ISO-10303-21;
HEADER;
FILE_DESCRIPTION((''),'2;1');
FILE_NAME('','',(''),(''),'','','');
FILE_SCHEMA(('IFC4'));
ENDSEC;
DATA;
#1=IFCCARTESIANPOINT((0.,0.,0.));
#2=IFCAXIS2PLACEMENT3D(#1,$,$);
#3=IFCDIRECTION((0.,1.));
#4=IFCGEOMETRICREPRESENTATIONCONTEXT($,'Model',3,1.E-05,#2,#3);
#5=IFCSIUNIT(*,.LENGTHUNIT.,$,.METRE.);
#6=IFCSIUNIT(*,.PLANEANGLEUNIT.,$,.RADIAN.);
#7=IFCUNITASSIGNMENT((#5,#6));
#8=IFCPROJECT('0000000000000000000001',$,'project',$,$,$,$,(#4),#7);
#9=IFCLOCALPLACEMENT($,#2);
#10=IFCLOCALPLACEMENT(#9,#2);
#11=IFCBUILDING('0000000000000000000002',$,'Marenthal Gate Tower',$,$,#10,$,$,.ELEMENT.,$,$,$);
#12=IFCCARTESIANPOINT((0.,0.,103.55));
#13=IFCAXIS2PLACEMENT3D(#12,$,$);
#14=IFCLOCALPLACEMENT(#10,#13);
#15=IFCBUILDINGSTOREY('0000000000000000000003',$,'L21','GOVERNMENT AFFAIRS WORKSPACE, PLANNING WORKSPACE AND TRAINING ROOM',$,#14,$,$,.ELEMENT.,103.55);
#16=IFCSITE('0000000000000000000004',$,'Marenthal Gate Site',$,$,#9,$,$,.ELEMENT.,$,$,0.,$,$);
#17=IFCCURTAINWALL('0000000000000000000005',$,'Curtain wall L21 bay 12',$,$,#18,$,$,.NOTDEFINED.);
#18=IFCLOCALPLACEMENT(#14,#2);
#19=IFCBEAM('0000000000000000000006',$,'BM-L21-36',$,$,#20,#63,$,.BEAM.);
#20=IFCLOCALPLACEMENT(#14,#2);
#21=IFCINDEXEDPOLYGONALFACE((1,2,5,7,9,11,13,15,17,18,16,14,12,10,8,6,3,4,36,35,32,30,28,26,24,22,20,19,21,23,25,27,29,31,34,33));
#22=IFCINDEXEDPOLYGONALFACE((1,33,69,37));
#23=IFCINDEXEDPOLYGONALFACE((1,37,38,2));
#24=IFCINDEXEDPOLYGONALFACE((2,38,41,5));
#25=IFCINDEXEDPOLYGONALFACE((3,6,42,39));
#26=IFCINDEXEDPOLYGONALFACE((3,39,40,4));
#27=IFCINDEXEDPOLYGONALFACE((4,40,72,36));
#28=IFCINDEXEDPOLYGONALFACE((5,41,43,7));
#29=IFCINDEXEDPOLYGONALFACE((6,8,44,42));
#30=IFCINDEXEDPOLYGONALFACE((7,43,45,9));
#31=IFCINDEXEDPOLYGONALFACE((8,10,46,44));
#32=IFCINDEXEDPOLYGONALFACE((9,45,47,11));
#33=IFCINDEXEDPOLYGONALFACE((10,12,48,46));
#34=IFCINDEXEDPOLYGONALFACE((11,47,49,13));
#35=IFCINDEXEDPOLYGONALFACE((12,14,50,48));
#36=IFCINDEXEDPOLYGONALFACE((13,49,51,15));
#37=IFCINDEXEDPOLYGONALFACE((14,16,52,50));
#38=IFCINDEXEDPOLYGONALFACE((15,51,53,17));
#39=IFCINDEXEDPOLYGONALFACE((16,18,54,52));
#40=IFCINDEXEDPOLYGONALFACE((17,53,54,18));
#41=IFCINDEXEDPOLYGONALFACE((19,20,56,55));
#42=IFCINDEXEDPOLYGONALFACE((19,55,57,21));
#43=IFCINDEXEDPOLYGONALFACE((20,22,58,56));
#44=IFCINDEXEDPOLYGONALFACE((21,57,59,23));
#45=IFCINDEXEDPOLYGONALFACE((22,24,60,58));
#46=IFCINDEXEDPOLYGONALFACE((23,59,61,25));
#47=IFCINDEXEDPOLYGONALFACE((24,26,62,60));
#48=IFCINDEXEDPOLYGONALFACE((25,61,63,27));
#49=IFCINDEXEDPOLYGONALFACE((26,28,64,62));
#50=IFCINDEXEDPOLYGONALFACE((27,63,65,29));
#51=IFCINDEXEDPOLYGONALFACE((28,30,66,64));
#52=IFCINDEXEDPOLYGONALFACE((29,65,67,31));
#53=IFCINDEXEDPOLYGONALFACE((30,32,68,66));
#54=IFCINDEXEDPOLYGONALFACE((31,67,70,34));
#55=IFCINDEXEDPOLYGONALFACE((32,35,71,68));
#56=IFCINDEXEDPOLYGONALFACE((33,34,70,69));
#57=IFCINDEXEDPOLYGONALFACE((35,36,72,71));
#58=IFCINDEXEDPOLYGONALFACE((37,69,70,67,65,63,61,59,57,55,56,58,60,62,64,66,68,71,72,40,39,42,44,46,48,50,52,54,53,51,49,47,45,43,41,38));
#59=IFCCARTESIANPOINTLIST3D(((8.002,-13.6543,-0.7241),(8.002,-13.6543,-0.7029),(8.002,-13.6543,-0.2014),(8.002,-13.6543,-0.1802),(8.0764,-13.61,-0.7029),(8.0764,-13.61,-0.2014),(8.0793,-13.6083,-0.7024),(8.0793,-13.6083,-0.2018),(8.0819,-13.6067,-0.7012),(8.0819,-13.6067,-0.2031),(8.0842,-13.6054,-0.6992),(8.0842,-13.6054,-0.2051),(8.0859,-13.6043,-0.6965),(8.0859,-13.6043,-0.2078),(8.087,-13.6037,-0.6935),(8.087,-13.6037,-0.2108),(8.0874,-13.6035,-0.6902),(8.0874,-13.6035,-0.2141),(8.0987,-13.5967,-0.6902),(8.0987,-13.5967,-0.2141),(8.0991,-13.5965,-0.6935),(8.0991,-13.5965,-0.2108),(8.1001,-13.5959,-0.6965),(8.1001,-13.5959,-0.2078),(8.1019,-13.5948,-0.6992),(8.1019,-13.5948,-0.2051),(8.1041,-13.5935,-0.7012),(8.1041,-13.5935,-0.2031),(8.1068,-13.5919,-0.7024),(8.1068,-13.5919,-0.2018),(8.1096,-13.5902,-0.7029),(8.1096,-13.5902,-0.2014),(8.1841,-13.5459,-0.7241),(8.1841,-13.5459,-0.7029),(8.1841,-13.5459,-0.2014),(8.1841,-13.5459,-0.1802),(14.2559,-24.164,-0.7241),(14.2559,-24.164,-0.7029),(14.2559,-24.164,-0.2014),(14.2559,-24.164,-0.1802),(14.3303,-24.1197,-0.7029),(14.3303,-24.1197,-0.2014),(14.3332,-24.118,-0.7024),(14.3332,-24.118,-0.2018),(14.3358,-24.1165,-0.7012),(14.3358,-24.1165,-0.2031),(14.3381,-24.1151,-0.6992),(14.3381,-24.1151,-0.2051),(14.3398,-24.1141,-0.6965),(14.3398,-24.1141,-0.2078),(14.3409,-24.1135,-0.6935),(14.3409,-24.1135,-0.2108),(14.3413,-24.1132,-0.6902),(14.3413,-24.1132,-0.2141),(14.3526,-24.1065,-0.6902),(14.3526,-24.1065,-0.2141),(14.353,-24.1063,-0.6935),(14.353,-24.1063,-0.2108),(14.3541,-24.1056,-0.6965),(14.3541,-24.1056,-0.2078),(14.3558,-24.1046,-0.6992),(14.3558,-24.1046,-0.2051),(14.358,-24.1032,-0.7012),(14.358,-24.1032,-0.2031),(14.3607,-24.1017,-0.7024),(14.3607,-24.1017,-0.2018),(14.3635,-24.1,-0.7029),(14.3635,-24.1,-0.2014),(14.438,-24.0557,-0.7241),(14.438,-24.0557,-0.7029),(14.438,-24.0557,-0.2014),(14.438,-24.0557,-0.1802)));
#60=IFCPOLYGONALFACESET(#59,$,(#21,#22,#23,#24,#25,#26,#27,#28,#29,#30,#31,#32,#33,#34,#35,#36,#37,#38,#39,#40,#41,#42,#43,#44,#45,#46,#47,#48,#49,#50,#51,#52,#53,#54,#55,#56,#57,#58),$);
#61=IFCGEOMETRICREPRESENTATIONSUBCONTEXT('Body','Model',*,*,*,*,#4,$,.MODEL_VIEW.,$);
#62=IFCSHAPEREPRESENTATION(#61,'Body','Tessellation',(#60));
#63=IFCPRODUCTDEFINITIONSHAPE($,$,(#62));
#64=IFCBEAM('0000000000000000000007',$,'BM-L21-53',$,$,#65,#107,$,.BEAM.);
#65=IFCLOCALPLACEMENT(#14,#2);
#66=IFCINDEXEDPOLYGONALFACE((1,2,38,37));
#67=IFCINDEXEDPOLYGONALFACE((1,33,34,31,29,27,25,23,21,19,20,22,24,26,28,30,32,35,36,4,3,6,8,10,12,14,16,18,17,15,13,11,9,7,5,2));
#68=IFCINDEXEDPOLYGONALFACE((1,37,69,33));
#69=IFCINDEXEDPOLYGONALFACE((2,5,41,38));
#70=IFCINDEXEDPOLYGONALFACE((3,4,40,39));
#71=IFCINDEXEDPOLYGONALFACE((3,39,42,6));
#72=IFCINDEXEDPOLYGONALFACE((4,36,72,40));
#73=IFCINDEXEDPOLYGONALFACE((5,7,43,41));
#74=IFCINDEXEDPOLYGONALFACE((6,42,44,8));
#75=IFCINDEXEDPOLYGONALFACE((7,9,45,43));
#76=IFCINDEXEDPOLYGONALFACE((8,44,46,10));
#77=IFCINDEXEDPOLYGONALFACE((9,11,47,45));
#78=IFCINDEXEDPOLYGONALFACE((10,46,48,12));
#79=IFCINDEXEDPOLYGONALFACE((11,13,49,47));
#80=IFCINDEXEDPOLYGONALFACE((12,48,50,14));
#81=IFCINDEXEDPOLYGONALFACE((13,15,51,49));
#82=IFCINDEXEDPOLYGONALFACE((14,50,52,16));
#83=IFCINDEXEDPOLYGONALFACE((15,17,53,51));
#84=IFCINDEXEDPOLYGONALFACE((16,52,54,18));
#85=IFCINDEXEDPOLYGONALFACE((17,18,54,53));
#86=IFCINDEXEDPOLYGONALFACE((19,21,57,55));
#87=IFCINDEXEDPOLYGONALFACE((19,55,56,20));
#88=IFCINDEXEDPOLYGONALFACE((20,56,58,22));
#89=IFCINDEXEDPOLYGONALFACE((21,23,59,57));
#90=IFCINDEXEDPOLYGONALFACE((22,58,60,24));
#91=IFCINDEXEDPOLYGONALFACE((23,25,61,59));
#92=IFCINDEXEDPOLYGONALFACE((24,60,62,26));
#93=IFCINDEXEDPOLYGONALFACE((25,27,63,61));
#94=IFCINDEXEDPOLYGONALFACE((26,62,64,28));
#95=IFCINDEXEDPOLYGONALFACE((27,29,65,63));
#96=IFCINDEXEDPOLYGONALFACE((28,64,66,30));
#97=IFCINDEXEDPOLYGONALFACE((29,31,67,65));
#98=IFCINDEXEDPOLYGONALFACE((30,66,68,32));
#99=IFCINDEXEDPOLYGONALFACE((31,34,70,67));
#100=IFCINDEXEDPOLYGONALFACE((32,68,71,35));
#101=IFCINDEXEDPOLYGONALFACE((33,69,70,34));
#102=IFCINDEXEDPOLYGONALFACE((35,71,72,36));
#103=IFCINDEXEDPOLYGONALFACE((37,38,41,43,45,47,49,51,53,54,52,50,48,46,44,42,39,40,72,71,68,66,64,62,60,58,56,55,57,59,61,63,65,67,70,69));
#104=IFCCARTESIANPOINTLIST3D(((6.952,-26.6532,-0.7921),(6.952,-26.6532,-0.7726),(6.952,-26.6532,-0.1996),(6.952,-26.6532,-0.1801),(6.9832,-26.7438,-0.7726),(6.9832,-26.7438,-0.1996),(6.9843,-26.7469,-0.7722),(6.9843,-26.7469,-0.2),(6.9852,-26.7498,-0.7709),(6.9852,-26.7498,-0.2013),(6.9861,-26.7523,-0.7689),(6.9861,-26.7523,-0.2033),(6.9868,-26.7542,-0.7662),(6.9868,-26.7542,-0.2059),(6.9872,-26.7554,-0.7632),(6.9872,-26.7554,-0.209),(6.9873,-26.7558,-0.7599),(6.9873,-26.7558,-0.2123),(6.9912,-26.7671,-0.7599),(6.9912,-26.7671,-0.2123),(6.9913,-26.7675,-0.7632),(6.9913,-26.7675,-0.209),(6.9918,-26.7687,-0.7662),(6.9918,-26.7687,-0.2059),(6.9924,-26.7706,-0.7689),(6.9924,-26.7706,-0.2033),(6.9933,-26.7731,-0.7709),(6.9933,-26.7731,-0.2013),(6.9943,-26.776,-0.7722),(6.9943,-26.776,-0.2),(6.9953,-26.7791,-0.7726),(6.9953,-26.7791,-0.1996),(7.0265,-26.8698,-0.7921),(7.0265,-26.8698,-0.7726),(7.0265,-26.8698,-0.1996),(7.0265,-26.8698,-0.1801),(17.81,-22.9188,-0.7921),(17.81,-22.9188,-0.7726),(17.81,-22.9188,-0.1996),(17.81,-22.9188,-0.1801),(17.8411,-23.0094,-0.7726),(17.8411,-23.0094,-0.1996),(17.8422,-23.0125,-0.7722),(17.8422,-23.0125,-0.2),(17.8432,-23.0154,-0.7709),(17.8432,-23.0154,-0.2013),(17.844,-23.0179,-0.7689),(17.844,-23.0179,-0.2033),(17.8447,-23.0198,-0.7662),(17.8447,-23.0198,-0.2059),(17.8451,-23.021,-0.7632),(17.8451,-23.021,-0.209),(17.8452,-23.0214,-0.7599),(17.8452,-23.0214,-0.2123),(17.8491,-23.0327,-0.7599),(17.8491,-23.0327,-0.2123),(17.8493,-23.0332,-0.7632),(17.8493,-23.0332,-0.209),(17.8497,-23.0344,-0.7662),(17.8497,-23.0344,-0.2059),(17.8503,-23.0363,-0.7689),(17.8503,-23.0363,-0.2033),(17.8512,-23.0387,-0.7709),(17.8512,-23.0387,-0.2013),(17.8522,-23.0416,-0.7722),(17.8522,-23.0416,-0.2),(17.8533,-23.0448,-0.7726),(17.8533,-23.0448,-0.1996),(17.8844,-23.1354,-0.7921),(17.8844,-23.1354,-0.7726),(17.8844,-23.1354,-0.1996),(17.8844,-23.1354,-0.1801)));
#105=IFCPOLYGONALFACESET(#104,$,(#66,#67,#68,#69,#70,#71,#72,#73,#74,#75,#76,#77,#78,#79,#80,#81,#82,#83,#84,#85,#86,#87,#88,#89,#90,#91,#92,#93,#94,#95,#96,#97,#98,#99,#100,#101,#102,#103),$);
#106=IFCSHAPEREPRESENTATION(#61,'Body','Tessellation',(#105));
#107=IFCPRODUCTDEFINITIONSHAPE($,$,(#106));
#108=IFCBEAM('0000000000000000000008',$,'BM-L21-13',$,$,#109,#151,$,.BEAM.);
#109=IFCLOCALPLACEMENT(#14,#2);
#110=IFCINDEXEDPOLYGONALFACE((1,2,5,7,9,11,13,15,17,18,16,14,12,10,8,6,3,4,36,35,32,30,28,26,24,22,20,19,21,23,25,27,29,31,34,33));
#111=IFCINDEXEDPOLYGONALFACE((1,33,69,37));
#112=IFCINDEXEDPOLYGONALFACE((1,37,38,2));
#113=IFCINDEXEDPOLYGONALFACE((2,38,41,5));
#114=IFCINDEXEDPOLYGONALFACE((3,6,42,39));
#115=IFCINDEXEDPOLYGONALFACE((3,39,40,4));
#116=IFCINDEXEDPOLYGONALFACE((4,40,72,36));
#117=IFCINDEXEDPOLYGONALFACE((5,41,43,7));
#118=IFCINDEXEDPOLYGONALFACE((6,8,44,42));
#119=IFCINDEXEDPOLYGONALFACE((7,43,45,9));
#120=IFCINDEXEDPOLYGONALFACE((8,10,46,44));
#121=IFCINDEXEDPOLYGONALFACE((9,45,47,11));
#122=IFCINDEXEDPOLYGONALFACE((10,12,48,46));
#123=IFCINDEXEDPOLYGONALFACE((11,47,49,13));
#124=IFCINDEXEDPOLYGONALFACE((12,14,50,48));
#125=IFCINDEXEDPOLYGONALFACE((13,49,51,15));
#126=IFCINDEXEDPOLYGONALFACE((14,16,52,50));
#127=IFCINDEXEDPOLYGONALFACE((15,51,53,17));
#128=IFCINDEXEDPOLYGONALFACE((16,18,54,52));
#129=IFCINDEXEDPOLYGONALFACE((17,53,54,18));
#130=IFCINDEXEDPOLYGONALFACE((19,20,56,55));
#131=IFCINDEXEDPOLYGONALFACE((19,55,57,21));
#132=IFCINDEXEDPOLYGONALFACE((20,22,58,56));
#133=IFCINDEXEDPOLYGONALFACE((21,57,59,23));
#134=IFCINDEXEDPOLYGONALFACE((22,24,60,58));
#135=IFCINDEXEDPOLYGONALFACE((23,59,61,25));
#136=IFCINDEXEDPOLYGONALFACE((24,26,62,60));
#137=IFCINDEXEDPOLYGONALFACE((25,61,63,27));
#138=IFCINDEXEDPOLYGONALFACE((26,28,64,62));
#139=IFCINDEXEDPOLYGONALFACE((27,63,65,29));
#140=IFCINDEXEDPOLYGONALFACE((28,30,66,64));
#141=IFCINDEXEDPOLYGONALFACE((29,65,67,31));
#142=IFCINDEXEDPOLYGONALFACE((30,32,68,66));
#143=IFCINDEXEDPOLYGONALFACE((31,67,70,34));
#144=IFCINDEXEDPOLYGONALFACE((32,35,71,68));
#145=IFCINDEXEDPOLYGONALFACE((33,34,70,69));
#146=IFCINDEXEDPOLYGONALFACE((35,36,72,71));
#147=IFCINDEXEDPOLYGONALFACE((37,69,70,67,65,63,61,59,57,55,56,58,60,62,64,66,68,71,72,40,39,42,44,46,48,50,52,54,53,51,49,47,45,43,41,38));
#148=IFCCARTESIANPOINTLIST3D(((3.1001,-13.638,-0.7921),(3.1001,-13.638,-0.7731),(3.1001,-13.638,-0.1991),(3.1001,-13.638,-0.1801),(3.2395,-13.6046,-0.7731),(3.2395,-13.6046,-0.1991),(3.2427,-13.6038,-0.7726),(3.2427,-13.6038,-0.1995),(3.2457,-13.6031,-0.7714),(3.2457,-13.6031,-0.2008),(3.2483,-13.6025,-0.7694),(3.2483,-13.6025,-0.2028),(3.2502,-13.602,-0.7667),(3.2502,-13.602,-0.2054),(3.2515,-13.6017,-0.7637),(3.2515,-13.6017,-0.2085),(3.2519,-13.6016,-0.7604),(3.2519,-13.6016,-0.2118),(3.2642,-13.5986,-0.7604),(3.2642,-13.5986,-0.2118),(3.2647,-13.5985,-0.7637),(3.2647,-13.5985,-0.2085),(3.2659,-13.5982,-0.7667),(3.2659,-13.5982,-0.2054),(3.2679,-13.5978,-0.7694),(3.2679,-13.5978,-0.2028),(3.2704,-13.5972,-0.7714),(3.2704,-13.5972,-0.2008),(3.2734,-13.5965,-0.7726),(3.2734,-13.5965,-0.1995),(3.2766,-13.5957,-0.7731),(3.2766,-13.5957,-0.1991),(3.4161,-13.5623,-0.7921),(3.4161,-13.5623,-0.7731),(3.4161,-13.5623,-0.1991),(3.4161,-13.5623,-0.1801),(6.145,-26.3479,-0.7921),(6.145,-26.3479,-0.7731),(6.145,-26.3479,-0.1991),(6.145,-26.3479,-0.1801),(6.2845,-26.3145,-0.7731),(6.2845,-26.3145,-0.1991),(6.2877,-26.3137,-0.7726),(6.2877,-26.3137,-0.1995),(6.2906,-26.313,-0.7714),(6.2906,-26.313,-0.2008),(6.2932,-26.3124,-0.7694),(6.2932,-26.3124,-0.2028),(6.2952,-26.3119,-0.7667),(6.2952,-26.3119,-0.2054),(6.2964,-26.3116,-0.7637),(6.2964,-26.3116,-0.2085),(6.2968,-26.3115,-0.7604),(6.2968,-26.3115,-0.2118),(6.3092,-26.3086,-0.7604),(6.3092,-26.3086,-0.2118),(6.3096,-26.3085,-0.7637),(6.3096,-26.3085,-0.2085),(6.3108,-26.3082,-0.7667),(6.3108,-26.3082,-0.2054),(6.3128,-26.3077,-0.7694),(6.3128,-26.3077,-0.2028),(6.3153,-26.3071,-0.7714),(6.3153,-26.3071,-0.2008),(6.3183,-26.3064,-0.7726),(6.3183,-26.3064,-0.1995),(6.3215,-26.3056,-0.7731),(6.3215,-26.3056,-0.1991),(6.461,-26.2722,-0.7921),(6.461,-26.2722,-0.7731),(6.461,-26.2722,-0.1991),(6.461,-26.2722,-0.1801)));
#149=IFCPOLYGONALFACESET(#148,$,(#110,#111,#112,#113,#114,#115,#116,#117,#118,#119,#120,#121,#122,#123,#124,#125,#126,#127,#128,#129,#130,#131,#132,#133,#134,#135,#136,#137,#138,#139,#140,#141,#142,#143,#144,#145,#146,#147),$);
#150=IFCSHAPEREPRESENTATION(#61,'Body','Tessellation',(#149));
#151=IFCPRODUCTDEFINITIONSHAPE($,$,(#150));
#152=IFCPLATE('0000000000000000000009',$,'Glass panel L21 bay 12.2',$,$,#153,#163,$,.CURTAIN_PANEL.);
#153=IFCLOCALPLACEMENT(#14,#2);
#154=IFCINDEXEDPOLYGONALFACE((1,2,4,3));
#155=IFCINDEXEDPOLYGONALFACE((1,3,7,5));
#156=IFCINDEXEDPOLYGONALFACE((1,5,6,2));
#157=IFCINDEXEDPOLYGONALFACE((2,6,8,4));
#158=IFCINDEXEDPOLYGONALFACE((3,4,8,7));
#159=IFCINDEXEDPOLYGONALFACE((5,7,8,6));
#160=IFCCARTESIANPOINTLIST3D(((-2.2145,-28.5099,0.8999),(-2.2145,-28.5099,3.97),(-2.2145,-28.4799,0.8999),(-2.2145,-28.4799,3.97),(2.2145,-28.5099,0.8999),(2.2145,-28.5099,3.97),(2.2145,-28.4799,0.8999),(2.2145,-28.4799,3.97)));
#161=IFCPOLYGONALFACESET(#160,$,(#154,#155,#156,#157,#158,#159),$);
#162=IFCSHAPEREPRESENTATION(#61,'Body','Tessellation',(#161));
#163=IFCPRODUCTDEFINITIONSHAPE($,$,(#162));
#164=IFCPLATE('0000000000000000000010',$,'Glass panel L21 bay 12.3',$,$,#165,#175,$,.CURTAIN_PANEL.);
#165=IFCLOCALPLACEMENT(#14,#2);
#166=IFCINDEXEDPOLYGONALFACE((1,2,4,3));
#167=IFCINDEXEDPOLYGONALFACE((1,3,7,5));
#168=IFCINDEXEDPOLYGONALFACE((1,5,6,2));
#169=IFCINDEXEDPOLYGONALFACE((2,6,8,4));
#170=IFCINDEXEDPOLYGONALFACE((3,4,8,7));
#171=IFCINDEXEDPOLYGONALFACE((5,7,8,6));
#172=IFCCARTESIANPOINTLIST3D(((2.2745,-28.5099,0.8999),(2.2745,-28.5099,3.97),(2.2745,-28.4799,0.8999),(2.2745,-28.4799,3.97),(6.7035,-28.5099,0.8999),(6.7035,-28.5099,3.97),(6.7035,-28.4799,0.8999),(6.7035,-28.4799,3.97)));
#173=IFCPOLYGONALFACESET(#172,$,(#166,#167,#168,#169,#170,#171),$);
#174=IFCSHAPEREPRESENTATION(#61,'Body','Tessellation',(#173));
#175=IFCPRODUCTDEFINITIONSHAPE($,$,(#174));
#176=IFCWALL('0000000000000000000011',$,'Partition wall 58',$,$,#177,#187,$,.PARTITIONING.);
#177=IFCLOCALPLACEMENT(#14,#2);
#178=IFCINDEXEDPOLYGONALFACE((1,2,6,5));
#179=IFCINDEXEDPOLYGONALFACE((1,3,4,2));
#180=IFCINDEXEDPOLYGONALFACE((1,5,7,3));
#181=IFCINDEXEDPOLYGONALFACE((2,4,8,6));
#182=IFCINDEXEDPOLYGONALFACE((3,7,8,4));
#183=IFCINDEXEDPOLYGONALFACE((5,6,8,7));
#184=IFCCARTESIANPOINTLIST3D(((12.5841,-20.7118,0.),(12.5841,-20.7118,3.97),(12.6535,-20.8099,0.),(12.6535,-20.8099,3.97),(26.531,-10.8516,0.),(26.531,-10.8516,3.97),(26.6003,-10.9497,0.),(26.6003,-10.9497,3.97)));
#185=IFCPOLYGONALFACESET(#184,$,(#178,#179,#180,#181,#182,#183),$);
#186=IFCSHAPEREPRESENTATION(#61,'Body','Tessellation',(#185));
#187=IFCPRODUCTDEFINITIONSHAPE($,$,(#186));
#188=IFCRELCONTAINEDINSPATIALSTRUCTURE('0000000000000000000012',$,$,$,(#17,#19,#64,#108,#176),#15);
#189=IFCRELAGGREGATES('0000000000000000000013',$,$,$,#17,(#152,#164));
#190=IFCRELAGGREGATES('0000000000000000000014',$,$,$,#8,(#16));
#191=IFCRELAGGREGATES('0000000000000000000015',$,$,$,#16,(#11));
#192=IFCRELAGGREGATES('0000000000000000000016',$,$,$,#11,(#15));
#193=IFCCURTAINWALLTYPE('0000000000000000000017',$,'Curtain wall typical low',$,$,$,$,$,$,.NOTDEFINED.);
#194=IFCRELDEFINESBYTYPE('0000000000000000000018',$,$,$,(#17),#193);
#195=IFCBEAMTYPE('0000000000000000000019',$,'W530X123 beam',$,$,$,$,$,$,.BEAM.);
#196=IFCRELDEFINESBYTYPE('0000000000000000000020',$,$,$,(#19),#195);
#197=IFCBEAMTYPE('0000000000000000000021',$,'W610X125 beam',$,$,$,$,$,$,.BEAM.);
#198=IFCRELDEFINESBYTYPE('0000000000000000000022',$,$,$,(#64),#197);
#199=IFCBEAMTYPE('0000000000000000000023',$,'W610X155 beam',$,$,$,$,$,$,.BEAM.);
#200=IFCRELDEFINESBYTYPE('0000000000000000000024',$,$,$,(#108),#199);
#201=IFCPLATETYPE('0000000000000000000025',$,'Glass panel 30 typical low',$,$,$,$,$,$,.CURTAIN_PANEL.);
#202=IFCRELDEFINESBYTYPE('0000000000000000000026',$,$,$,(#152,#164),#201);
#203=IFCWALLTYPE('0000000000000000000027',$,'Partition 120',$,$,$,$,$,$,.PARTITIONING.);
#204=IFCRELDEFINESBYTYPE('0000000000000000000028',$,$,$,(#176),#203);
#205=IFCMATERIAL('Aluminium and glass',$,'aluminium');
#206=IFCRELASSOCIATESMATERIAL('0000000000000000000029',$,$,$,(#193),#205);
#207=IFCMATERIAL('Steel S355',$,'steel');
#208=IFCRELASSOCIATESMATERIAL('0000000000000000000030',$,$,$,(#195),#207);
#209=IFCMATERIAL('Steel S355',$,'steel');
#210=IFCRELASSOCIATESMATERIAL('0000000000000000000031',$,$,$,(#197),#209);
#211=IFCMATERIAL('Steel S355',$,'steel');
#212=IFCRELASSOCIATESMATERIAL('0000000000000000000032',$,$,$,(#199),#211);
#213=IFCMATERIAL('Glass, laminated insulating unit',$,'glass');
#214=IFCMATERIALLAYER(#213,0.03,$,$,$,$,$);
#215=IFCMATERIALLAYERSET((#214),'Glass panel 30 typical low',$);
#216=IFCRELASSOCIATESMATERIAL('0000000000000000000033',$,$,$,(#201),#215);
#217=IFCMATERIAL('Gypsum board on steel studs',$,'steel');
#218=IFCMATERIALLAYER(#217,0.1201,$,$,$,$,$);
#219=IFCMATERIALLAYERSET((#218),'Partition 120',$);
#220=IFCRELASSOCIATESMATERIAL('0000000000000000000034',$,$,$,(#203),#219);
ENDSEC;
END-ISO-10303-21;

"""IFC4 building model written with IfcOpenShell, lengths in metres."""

from ifc_helpers import new_model, si_unit, direction, frame, frame_2d, origin, origin_2d, place, context, subcontext, project, spatial, rectangle, i_section, extrude, material, layer, layer_set, material_profile, profile_set, type_object, element, aggregate, save


model = new_model("IFC4")

# Units and contexts
model_context = context("Model", 3, precision=1e-05, world=origin(), true_north=direction((0.0, 1.0)))
body_context = subcontext(model_context, "Body", "Model", "MODEL_VIEW")
ifc_project = project(units=[si_unit("LENGTHUNIT", "METRE"), si_unit("PLANEANGLEUNIT", "RADIAN")], contexts=[model_context])

# Site, building, storey
site_placement = place(None, origin())
site = spatial("IfcSite", under=ifc_project, at=site_placement, Name="Marenthal Gate Site", CompositionType="ELEMENT", RefElevation=0.0)
building_placement = place(site_placement, origin())
building = spatial("IfcBuilding", under=site, at=building_placement, Name="Marenthal Gate Tower", CompositionType="ELEMENT")
storey_placement = place(building_placement, frame((0.0, 0.0, 103.55)))
storey = spatial("IfcBuildingStorey", under=building, at=storey_placement, Name="L21", Description="GOVERNMENT AFFAIRS WORKSPACE, PLANNING WORKSPACE AND TRAINING ROOM", CompositionType="ELEMENT", Elevation=103.55)

# Curtain wall
ifc_material_1 = material(Name="Aluminium and glass", Category="aluminium")
curtain_wall_type = type_object("IfcCurtainWallType", Name="Curtain wall typical low", PredefinedType="NOTDEFINED", material=ifc_material_1)
curtain_wall_placement = place(storey_placement, origin())
curtain_wall = element("IfcCurtainWall", 1, at=curtain_wall_placement, inside=storey, type_object=curtain_wall_type, Name="Curtain wall L21 bay 12", PredefinedType="NOTDEFINED")

# Beams
ifc_material_2 = material(Name="Steel S355", Category="steel")
ifc_material_profile_1 = material_profile(ifc_material_2, i_section(OverallWidth=0.2119, OverallDepth=0.5439, WebThickness=0.0132, FlangeThickness=0.0212, FilletRadius=0.0127, at=origin_2d()), Name="W530X123")
ifc_profile_set_1 = profile_set([ifc_material_profile_1], Name="Steel S355")
beam_type_1 = type_object("IfcBeamType", Name="W530X123 beam", PredefinedType="BEAM", material=ifc_profile_set_1)
beam_1_placement = place(storey_placement, frame((14.3469, -24.1099, -0.4521), z_axis=(-0.511369, 0.859361, 0.0), x_axis=(-0.859361, -0.511369, 0.0)))
element("IfcBeam", 2, at=beam_1_placement, inside=storey, type_object=beam_type_1, Name="BM-L21-36", PredefinedType="BEAM", context=body_context, shape_type="SweptSolid", body=[
    extrude(i_section(OverallWidth=0.2119, OverallDepth=0.5439, WebThickness=0.0132, FlangeThickness=0.0212, FilletRadius=0.0127, at=origin_2d()), origin(), (0.0, 0.0, 1.0), 12.2297),
])
ifc_material_3 = material(Name="Steel S355", Category="steel")
ifc_material_profile_2 = material_profile(ifc_material_3, i_section(OverallWidth=0.229, OverallDepth=0.6121, WebThickness=0.012, FlangeThickness=0.0195, FilletRadius=0.0127, at=origin_2d()), Name="W610X125")
ifc_profile_set_2 = profile_set([ifc_material_profile_2], Name="Steel S355")
beam_type_2 = type_object("IfcBeamType", Name="W610X125 beam", PredefinedType="BEAM", material=ifc_profile_set_2)
beam_2_placement = place(storey_placement, frame((6.9893, -26.7615, -0.4861), z_axis=(0.945634, 0.325233, 0.0), x_axis=(-0.325233, 0.945634, 0.0)))
element("IfcBeam", 3, at=beam_2_placement, inside=storey, type_object=beam_type_2, Name="BM-L21-53", PredefinedType="BEAM", context=body_context, shape_type="SweptSolid", body=[
    extrude(i_section(OverallWidth=0.229, OverallDepth=0.6121, WebThickness=0.012, FlangeThickness=0.0195, FilletRadius=0.0127, at=origin_2d()), origin(), (0.0, 0.0, 1.0), 11.4822),
])
ifc_material_4 = material(Name="Steel S355", Category="steel")
ifc_material_profile_3 = material_profile(ifc_material_4, i_section(OverallWidth=0.325, OverallDepth=0.6121, WebThickness=0.0127, FlangeThickness=0.019, FilletRadius=0.0127, at=origin_2d()), Name="W610X155")
ifc_profile_set_3 = profile_set([ifc_material_profile_3], Name="Steel S355")
beam_type_3 = type_object("IfcBeamType", Name="W610X155 beam", PredefinedType="BEAM", material=ifc_profile_set_3)
beam_3_placement = place(storey_placement, frame((6.303, -26.3101, -0.4861), z_axis=(-0.232977, 0.972482, 0.0), x_axis=(-0.972482, -0.232977, 0.0)))
element("IfcBeam", 4, at=beam_3_placement, inside=storey, type_object=beam_type_3, Name="BM-L21-13", PredefinedType="BEAM", context=body_context, shape_type="SweptSolid", body=[
    extrude(i_section(OverallWidth=0.325, OverallDepth=0.6121, WebThickness=0.0127, FlangeThickness=0.019, FilletRadius=0.0127, at=origin_2d()), origin(), (0.0, 0.0, 1.0), 13.0696),
])

# Plates
ifc_material_5 = material(Name="Glass, laminated insulating unit", Category="glass")
ifc_layer_1 = layer(ifc_material_5, 0.03)
ifc_layer_set_1 = layer_set([ifc_layer_1], Name="Glass panel 30 typical low")
plate_type = type_object("IfcPlateType", Name="Glass panel 30 typical low", PredefinedType="CURTAIN_PANEL", material=ifc_layer_set_1)
plate_1_placement = place(storey_placement, frame((0.0, -28.4949, 0.8999), z_axis=(0.0, 0.0, 1.0), x_axis=(1.0, 0.0, 0.0)))
plate_1 = element("IfcPlate", 5, at=plate_1_placement, type_object=plate_type, Name="Glass panel L21 bay 12.2", PredefinedType="CURTAIN_PANEL", context=body_context, shape_type="SweptSolid", body=[
    extrude(rectangle(XDim=4.429, YDim=0.03, at=origin_2d()), origin(), (0.0, 0.0, 1.0), 3.0701),
])
plate_2_placement = place(storey_placement, frame((4.489, -28.4949, 0.8999), z_axis=(0.0, 0.0, 1.0), x_axis=(1.0, 0.0, 0.0)))
plate_2 = element("IfcPlate", 6, at=plate_2_placement, type_object=plate_type, Name="Glass panel L21 bay 12.3", PredefinedType="CURTAIN_PANEL", context=body_context, shape_type="SweptSolid", body=[
    extrude(rectangle(XDim=4.429, YDim=0.03, at=origin_2d()), origin(), (0.0, 0.0, 1.0), 3.0701),
])
aggregate(curtain_wall, [plate_1, plate_2])

# Wall
ifc_material_6 = material(Name="Gypsum board on steel studs", Category="steel")
ifc_layer_2 = layer(ifc_material_6, 0.1201)
ifc_layer_set_2 = layer_set([ifc_layer_2], Name="Partition 120")
wall_type_1 = type_object("IfcWallType", Name="Partition 120", PredefinedType="PARTITIONING", material=ifc_layer_set_2)
wall_1_placement = place(storey_placement, frame((12.6189, -20.7607, 0.0), z_axis=(0.0, 0.0, 1.0), x_axis=(0.816545, 0.577282, 0.0)))
element("IfcWall", 7, at=wall_1_placement, inside=storey, type_object=wall_type_1, Name="Partition wall 58", PredefinedType="PARTITIONING", context=body_context, shape_type="SweptSolid", body=[
    extrude(rectangle(XDim=17.0803, YDim=0.1201, at=frame_2d((8.54, 0.0))), origin(), (0.0, 0.0, 1.0), 3.97),
])

save(model, "model.ifc")
